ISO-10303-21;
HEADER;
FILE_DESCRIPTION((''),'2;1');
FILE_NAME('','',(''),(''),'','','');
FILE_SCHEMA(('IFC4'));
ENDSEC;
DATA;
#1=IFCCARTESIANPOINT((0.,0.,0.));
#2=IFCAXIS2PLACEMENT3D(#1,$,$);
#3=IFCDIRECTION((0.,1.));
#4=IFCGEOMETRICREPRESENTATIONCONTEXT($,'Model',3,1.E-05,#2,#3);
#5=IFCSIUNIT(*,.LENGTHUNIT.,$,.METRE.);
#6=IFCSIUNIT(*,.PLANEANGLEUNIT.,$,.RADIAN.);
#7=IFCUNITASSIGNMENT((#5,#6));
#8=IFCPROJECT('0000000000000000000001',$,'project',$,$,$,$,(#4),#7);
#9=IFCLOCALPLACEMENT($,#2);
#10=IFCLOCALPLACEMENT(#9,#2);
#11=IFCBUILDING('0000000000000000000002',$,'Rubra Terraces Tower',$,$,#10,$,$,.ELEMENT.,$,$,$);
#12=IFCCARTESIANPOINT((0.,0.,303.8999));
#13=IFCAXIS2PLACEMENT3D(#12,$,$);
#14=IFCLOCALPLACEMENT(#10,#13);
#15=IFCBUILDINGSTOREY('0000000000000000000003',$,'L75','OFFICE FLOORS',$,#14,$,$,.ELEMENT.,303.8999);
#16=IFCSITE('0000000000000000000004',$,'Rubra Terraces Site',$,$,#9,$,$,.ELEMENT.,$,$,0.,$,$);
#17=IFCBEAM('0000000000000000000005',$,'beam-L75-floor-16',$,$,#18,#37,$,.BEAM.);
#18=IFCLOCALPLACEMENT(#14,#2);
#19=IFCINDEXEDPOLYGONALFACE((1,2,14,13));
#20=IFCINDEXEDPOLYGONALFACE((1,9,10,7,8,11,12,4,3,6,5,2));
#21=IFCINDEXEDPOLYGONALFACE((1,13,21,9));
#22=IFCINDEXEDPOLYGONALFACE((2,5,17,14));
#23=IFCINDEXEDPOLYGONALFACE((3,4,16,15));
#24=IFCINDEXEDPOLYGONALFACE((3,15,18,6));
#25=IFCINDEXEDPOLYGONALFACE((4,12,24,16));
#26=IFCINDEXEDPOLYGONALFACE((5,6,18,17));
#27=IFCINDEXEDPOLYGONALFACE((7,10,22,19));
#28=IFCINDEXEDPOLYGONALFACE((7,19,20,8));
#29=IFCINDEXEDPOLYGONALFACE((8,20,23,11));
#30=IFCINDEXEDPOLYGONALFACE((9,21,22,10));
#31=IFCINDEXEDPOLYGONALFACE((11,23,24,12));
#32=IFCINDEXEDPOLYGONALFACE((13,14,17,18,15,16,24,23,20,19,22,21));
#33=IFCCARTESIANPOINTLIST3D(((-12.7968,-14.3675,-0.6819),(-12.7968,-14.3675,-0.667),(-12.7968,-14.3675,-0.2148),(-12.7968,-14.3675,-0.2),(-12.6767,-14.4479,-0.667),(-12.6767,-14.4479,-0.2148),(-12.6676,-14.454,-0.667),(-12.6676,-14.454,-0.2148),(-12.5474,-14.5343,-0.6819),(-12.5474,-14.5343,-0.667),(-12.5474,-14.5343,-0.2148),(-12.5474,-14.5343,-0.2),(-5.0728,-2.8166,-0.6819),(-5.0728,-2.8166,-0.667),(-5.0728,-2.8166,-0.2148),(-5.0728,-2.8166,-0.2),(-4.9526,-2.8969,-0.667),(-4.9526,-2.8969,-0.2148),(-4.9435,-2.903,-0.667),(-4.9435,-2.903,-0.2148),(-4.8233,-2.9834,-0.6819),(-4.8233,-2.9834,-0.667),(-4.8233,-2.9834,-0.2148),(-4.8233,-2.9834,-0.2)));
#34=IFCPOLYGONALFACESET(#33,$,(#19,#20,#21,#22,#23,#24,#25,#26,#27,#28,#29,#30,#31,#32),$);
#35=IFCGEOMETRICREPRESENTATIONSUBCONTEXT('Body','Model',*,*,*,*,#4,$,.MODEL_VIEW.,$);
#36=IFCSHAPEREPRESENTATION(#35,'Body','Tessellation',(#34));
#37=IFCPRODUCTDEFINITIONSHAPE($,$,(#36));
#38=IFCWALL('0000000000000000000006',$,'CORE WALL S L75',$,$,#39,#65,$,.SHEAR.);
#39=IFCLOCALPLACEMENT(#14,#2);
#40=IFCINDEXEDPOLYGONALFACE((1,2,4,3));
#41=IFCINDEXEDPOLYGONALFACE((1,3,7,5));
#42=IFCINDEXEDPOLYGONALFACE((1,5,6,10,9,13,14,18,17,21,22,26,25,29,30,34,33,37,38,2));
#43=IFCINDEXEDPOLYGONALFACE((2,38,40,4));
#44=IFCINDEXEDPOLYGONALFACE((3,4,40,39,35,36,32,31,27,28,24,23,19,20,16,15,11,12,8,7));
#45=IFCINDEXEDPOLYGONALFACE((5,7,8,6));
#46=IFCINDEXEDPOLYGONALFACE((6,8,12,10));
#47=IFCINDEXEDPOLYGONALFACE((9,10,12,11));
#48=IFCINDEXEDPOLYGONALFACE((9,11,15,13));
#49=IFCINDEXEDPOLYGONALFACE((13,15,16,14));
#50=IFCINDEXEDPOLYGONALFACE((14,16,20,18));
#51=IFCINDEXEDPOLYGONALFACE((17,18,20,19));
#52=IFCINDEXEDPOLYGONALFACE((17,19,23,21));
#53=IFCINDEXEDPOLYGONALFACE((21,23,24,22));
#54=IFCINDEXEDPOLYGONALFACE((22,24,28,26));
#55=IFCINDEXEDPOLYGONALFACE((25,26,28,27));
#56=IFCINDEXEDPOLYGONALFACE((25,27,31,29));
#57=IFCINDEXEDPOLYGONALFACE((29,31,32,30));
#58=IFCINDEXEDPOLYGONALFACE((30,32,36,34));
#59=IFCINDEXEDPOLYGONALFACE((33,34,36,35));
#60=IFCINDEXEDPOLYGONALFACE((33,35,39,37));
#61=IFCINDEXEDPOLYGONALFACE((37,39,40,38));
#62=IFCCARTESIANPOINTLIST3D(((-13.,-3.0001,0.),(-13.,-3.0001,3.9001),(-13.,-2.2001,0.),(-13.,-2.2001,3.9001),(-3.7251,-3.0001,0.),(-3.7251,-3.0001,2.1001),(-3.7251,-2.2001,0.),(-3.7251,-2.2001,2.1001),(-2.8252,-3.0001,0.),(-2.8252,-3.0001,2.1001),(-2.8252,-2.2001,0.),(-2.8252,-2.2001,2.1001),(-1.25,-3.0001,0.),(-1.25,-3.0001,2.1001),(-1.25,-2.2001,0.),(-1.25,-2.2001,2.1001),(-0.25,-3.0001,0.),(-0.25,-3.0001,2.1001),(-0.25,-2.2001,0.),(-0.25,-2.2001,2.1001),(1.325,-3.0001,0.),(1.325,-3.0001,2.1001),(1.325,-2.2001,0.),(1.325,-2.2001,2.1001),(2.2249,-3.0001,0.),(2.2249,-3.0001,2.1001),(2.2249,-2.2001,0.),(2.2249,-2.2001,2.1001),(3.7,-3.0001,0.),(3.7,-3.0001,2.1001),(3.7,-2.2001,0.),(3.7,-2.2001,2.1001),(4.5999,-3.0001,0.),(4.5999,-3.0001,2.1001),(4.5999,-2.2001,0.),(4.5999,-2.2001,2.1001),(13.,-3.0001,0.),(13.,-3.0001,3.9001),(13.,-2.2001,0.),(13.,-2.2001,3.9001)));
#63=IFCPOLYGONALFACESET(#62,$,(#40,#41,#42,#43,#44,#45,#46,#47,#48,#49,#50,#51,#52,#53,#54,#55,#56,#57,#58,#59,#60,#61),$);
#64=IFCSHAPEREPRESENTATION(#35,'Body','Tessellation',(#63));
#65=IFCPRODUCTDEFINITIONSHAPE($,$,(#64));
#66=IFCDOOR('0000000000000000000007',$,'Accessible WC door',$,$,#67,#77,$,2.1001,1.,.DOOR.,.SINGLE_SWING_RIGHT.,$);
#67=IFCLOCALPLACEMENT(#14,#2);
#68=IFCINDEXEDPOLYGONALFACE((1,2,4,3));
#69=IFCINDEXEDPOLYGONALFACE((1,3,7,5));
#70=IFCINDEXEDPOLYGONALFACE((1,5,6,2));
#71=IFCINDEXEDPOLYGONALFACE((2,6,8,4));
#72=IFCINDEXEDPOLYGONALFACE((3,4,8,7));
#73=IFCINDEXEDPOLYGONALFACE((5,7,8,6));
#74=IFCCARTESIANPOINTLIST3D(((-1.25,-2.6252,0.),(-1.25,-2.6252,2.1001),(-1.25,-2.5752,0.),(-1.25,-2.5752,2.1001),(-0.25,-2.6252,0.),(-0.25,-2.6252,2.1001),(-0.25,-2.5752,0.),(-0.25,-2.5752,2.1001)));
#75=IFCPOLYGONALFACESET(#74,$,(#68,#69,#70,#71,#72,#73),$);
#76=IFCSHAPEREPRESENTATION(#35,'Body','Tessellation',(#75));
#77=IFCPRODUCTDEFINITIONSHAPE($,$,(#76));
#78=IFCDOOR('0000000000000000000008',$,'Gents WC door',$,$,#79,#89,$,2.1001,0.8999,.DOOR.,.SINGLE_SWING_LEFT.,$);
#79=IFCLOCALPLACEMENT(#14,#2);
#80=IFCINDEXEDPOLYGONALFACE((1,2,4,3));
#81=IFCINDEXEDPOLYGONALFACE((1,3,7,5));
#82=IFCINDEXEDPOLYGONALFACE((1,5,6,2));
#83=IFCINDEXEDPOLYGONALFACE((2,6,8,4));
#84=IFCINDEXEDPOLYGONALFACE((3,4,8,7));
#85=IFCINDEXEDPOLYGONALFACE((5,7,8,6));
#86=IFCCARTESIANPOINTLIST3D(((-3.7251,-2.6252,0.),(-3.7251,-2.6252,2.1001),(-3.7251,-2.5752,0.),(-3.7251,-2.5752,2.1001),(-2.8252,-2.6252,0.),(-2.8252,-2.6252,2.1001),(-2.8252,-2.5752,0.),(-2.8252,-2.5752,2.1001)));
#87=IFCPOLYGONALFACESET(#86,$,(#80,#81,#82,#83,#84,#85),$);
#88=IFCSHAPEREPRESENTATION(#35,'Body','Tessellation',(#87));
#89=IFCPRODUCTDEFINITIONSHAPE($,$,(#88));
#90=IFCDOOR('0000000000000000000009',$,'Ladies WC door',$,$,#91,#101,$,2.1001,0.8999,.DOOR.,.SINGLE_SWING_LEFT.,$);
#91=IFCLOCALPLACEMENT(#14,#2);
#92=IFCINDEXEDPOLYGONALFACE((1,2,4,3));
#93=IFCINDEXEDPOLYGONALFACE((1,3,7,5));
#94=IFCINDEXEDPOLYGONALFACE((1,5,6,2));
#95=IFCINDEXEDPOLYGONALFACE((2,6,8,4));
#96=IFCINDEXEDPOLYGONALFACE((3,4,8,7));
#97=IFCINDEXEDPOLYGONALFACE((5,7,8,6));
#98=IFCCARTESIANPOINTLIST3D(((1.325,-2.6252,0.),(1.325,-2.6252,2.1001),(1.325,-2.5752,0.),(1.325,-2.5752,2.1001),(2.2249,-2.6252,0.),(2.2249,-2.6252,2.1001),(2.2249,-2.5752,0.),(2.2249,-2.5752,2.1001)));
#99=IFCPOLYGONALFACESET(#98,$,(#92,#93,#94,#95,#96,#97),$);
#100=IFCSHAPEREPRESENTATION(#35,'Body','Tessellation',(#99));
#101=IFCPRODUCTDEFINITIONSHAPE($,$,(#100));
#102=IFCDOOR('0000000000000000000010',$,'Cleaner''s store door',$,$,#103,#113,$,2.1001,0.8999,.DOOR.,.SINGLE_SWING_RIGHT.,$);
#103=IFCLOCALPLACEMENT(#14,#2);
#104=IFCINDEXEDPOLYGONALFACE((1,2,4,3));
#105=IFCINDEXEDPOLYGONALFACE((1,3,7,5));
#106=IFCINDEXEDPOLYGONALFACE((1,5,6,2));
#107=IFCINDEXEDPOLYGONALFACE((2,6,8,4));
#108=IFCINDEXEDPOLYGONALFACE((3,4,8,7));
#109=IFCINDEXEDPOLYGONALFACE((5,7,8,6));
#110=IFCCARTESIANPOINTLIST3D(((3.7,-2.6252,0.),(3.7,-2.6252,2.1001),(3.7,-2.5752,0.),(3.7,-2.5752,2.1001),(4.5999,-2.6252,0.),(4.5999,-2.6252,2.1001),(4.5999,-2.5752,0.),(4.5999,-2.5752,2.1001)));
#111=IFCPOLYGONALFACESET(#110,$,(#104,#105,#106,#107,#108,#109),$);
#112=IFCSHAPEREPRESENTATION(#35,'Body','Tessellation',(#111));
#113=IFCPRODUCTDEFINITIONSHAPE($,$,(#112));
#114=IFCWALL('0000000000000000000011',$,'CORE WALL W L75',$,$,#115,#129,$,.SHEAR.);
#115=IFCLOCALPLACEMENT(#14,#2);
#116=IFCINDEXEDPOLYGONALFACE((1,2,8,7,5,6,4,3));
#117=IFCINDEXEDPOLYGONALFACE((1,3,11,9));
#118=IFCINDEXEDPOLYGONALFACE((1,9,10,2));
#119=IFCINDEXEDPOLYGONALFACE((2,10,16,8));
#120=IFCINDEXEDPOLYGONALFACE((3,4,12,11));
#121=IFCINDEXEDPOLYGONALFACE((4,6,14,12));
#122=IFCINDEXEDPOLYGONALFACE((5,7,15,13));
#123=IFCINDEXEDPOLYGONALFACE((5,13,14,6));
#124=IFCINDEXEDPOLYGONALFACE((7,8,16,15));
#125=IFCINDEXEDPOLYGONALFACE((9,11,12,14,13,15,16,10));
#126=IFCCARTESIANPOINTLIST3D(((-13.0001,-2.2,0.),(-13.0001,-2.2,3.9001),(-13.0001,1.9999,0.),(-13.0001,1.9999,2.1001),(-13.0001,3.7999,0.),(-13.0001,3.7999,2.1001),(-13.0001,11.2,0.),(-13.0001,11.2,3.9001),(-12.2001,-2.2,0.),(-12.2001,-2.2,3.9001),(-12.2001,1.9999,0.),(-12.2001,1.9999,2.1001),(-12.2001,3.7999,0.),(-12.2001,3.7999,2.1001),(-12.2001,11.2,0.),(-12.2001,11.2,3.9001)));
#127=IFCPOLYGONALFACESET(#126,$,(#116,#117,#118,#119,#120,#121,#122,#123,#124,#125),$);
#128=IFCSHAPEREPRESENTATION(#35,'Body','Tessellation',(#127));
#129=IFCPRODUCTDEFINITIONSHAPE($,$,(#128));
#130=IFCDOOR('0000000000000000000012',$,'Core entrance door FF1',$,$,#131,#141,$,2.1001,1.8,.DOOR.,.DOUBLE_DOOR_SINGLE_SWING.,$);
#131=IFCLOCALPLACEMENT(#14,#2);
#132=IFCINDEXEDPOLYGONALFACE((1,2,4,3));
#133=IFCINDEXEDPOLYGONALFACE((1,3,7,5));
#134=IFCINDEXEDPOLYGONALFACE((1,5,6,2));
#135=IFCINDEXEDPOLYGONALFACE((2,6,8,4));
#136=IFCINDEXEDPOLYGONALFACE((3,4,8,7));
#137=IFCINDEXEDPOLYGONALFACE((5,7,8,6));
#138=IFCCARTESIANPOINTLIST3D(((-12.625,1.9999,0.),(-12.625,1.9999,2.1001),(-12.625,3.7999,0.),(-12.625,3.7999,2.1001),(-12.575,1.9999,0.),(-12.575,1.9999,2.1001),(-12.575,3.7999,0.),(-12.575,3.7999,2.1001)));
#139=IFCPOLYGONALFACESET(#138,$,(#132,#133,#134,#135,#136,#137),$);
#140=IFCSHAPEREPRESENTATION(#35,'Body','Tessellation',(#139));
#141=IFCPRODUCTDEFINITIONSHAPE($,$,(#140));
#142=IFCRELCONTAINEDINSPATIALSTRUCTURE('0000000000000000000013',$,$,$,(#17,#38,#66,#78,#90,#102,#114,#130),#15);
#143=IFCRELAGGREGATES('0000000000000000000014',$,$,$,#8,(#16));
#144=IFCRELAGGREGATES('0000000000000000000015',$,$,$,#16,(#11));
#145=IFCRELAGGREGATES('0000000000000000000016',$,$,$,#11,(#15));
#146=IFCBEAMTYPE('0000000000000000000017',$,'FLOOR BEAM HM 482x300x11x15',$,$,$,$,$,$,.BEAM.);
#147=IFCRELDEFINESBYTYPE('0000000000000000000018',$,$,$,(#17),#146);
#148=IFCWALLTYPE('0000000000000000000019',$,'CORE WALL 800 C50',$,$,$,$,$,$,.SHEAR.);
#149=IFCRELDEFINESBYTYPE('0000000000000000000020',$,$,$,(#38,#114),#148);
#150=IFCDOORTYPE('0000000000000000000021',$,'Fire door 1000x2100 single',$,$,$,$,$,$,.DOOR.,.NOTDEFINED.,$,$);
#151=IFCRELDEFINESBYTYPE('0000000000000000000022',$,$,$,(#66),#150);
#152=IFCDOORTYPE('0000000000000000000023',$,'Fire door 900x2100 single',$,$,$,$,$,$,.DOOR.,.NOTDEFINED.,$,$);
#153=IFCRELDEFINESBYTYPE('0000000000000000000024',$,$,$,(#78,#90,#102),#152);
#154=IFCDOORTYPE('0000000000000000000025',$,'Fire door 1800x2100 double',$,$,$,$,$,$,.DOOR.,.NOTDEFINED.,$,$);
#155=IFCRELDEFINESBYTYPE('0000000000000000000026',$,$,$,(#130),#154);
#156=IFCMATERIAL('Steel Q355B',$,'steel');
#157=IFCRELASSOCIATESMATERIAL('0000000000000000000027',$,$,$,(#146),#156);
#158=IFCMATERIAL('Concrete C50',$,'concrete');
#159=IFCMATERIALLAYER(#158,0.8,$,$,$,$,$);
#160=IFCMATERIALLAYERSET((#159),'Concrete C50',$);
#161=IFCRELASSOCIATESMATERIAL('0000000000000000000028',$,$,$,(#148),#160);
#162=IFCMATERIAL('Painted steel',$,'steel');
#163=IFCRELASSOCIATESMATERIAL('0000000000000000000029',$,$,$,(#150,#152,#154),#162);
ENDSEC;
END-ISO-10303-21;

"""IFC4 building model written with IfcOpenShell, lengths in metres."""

from ifc_helpers import new_model, si_unit, direction, frame, frame_2d, origin, origin_2d, place, context, subcontext, project, spatial, rectangle, i_section, extrude, material, layer, layer_set, material_profile, profile_set, type_object, element, fill, save


model = new_model("IFC4")

# Units and contexts
model_context = context("Model", 3, precision=1e-05, world=origin(), true_north=direction((0.0, 1.0)))
body_context = subcontext(model_context, "Body", "Model", "MODEL_VIEW")
ifc_project = project(units=[si_unit("LENGTHUNIT", "METRE"), si_unit("PLANEANGLEUNIT", "RADIAN")], contexts=[model_context])

# Site, building, storey
site_placement = place(None, origin())
site = spatial("IfcSite", under=ifc_project, at=site_placement, Name="Rubra Terraces Site", CompositionType="ELEMENT", RefElevation=0.0)
building_placement = place(site_placement, origin())
building = spatial("IfcBuilding", under=site, at=building_placement, Name="Rubra Terraces Tower", CompositionType="ELEMENT")
storey_placement = place(building_placement, frame((0.0, 0.0, 303.8999)))
storey = spatial("IfcBuildingStorey", under=building, at=storey_placement, Name="L75", Description="OFFICE FLOORS", CompositionType="ELEMENT", Elevation=303.8999)

# Beam
ifc_material_1 = material(Name="Steel Q355B", Category="steel")
ifc_material_profile = material_profile(ifc_material_1, i_section(OverallWidth=0.3, OverallDepth=0.4819, WebThickness=0.011, FlangeThickness=0.0149, at=origin_2d()), Name="HM 482x300x11x15")
ifc_profile_set = profile_set([ifc_material_profile], Name="Steel Q355B")
beam_type = type_object("IfcBeamType", Name="FLOOR BEAM HM 482x300x11x15", PredefinedType="BEAM", material=ifc_profile_set)
beam_placement = place(storey_placement, frame((-12.6721, -14.4509, -0.4409), z_axis=(0.555867, 0.831271, 0.0), x_axis=(-0.831271, 0.555867, 0.0)))
element("IfcBeam", 1, at=beam_placement, inside=storey, type_object=beam_type, Name="beam-L75-floor-16", PredefinedType="BEAM", context=body_context, shape_type="SweptSolid", body=[
    extrude(i_section(OverallWidth=0.3, OverallDepth=0.4819, WebThickness=0.011, FlangeThickness=0.0149, at=origin_2d()), origin(), (0.0, 0.0, 1.0), 13.8955),
])

# Wall, openings, doors
ifc_material_2 = material(Name="Concrete C50", Category="concrete")
ifc_layer_1 = layer(ifc_material_2, 0.8)
ifc_layer_set_1 = layer_set([ifc_layer_1], Name="Concrete C50")
wall_type_1 = type_object("IfcWallType", Name="CORE WALL 800 C50", PredefinedType="SHEAR", material=ifc_layer_set_1)
wall_1_placement = place(storey_placement, frame((-13.0, -2.6001, 0.0), z_axis=(0.0, 0.0, 1.0), x_axis=(1.0, 0.0, 0.0)))
wall_1 = element("IfcWall", 2, at=wall_1_placement, inside=storey, type_object=wall_type_1, Name="CORE WALL S L75", PredefinedType="SHEAR", context=body_context, shape_type="SweptSolid", body=[
    extrude(rectangle(XDim=26.0, YDim=0.8, at=frame_2d((13.0, 0.0))), origin(), (0.0, 0.0, 1.0), 3.9001),
])
opening_1_placement = place(wall_1_placement, frame((9.2749, 0.0, 0.0)))
opening_1 = element("IfcOpeningElement", 3, at=opening_1_placement, cuts=wall_1, PredefinedType="OPENING", context=body_context, shape_type="SweptSolid", body=[
    extrude(rectangle(XDim=0.8999, YDim=2.1001, at=frame_2d((0.45, 1.05))), frame((0.0, 0.4099, 0.0), z_axis=(0.0, -1.0, 0.0), x_axis=(1.0, 0.0, 0.0)), (0.0, 0.0, 1.0), 0.8201),
])
opening_2_placement = place(wall_1_placement, frame((11.75, 0.0, 0.0)))
opening_2 = element("IfcOpeningElement", 4, at=opening_2_placement, cuts=wall_1, PredefinedType="OPENING", context=body_context, shape_type="SweptSolid", body=[
    extrude(rectangle(XDim=1.0, YDim=2.1001, at=frame_2d((0.5, 1.05))), frame((0.0, 0.4099, 0.0), z_axis=(0.0, -1.0, 0.0), x_axis=(1.0, 0.0, 0.0)), (0.0, 0.0, 1.0), 0.8201),
])
opening_3_placement = place(wall_1_placement, frame((14.325, 0.0, 0.0)))
opening_3 = element("IfcOpeningElement", 5, at=opening_3_placement, cuts=wall_1, PredefinedType="OPENING", context=body_context, shape_type="SweptSolid", body=[
    extrude(rectangle(XDim=0.8999, YDim=2.1001, at=frame_2d((0.45, 1.05))), frame((0.0, 0.4099, 0.0), z_axis=(0.0, -1.0, 0.0), x_axis=(1.0, 0.0, 0.0)), (0.0, 0.0, 1.0), 0.8201),
])
opening_4_placement = place(wall_1_placement, frame((16.7, 0.0, 0.0)))
opening_4 = element("IfcOpeningElement", 6, at=opening_4_placement, cuts=wall_1, PredefinedType="OPENING", context=body_context, shape_type="SweptSolid", body=[
    extrude(rectangle(XDim=0.8999, YDim=2.1001, at=frame_2d((0.45, 1.05))), frame((0.0, 0.4099, 0.0), z_axis=(0.0, -1.0, 0.0), x_axis=(1.0, 0.0, 0.0)), (0.0, 0.0, 1.0), 0.8201),
])
ifc_material_3 = material(Name="Painted steel", Category="steel")
door_type_1 = type_object("IfcDoorType", Name="Fire door 1000x2100 single", OperationType="NOTDEFINED", PredefinedType="DOOR", material=ifc_material_3)
door_1_placement = place(opening_2_placement, origin())
door_1 = element("IfcDoor", 7, at=door_1_placement, inside=storey, type_object=door_type_1, Name="Accessible WC door", OperationType="SINGLE_SWING_RIGHT", OverallHeight=2.1001, OverallWidth=1.0, PredefinedType="DOOR", context=body_context, shape_type="SweptSolid", body=[
    extrude(rectangle(XDim=1.0, YDim=2.1001, at=frame_2d((0.5, 1.05))), frame((0.0, 0.0249, 0.0), z_axis=(0.0, -1.0, 0.0), x_axis=(1.0, 0.0, 0.0)), (0.0, 0.0, 1.0), 0.05),
])
fill(opening_2, door_1)
door_type_2 = type_object("IfcDoorType", Name="Fire door 900x2100 single", OperationType="NOTDEFINED", PredefinedType="DOOR", material=ifc_material_3)
door_2_placement = place(opening_1_placement, origin())
door_2 = element("IfcDoor", 8, at=door_2_placement, inside=storey, type_object=door_type_2, Name="Gents WC door", OperationType="SINGLE_SWING_LEFT", OverallHeight=2.1001, OverallWidth=0.8999, PredefinedType="DOOR", context=body_context, shape_type="SweptSolid", body=[
    extrude(rectangle(XDim=0.8999, YDim=2.1001, at=frame_2d((0.45, 1.05))), frame((0.0, 0.0249, 0.0), z_axis=(0.0, -1.0, 0.0), x_axis=(1.0, 0.0, 0.0)), (0.0, 0.0, 1.0), 0.05),
])
fill(opening_1, door_2)
door_3_placement = place(opening_3_placement, origin())
door_3 = element("IfcDoor", 9, at=door_3_placement, inside=storey, type_object=door_type_2, Name="Ladies WC door", OperationType="SINGLE_SWING_LEFT", OverallHeight=2.1001, OverallWidth=0.8999, PredefinedType="DOOR", context=body_context, shape_type="SweptSolid", body=[
    extrude(rectangle(XDim=0.8999, YDim=2.1001, at=frame_2d((0.45, 1.05))), frame((0.0, 0.0249, 0.0), z_axis=(0.0, -1.0, 0.0), x_axis=(1.0, 0.0, 0.0)), (0.0, 0.0, 1.0), 0.05),
])
fill(opening_3, door_3)
door_4_placement = place(opening_4_placement, origin())
door_4 = element("IfcDoor", 10, at=door_4_placement, inside=storey, type_object=door_type_2, Name="Cleaner's store door", OperationType="SINGLE_SWING_RIGHT", OverallHeight=2.1001, OverallWidth=0.8999, PredefinedType="DOOR", context=body_context, shape_type="SweptSolid", body=[
    extrude(rectangle(XDim=0.8999, YDim=2.1001, at=frame_2d((0.45, 1.05))), frame((0.0, 0.0249, 0.0), z_axis=(0.0, -1.0, 0.0), x_axis=(1.0, 0.0, 0.0)), (0.0, 0.0, 1.0), 0.05),
])
fill(opening_4, door_4)

# Wall, opening, door
wall_2_placement = place(storey_placement, frame((-12.6001, -2.2, 0.0), z_axis=(0.0, 0.0, 1.0), x_axis=(0.0, 1.0, 0.0)))
wall_2 = element("IfcWall", 11, at=wall_2_placement, inside=storey, type_object=wall_type_1, Name="CORE WALL W L75", PredefinedType="SHEAR", context=body_context, shape_type="SweptSolid", body=[
    extrude(rectangle(XDim=13.3999, YDim=0.8, at=frame_2d((6.7, 0.0))), origin(), (0.0, 0.0, 1.0), 3.9001),
])
opening_5_placement = place(wall_2_placement, frame((4.2, 0.0, 0.0)))
opening_5 = element("IfcOpeningElement", 12, at=opening_5_placement, cuts=wall_2, PredefinedType="OPENING", context=body_context, shape_type="SweptSolid", body=[
    extrude(rectangle(XDim=1.8, YDim=2.1001, at=frame_2d((0.8999, 1.05))), frame((0.0, 0.4099, 0.0), z_axis=(0.0, -1.0, 0.0), x_axis=(1.0, 0.0, 0.0)), (0.0, 0.0, 1.0), 0.8201),
])
door_type_3 = type_object("IfcDoorType", Name="Fire door 1800x2100 double", OperationType="NOTDEFINED", PredefinedType="DOOR", material=ifc_material_3)
door_5_placement = place(opening_5_placement, origin())
door_5 = element("IfcDoor", 13, at=door_5_placement, inside=storey, type_object=door_type_3, Name="Core entrance door FF1", OperationType="DOUBLE_DOOR_SINGLE_SWING", OverallHeight=2.1001, OverallWidth=1.8, PredefinedType="DOOR", context=body_context, shape_type="SweptSolid", body=[
    extrude(rectangle(XDim=1.8, YDim=2.1001, at=frame_2d((0.8999, 1.05))), frame((0.0, 0.0249, 0.0), z_axis=(0.0, -1.0, 0.0), x_axis=(1.0, 0.0, 0.0)), (0.0, 0.0, 1.0), 0.05),
])
fill(opening_5, door_5)

save(model, "model.ifc")
